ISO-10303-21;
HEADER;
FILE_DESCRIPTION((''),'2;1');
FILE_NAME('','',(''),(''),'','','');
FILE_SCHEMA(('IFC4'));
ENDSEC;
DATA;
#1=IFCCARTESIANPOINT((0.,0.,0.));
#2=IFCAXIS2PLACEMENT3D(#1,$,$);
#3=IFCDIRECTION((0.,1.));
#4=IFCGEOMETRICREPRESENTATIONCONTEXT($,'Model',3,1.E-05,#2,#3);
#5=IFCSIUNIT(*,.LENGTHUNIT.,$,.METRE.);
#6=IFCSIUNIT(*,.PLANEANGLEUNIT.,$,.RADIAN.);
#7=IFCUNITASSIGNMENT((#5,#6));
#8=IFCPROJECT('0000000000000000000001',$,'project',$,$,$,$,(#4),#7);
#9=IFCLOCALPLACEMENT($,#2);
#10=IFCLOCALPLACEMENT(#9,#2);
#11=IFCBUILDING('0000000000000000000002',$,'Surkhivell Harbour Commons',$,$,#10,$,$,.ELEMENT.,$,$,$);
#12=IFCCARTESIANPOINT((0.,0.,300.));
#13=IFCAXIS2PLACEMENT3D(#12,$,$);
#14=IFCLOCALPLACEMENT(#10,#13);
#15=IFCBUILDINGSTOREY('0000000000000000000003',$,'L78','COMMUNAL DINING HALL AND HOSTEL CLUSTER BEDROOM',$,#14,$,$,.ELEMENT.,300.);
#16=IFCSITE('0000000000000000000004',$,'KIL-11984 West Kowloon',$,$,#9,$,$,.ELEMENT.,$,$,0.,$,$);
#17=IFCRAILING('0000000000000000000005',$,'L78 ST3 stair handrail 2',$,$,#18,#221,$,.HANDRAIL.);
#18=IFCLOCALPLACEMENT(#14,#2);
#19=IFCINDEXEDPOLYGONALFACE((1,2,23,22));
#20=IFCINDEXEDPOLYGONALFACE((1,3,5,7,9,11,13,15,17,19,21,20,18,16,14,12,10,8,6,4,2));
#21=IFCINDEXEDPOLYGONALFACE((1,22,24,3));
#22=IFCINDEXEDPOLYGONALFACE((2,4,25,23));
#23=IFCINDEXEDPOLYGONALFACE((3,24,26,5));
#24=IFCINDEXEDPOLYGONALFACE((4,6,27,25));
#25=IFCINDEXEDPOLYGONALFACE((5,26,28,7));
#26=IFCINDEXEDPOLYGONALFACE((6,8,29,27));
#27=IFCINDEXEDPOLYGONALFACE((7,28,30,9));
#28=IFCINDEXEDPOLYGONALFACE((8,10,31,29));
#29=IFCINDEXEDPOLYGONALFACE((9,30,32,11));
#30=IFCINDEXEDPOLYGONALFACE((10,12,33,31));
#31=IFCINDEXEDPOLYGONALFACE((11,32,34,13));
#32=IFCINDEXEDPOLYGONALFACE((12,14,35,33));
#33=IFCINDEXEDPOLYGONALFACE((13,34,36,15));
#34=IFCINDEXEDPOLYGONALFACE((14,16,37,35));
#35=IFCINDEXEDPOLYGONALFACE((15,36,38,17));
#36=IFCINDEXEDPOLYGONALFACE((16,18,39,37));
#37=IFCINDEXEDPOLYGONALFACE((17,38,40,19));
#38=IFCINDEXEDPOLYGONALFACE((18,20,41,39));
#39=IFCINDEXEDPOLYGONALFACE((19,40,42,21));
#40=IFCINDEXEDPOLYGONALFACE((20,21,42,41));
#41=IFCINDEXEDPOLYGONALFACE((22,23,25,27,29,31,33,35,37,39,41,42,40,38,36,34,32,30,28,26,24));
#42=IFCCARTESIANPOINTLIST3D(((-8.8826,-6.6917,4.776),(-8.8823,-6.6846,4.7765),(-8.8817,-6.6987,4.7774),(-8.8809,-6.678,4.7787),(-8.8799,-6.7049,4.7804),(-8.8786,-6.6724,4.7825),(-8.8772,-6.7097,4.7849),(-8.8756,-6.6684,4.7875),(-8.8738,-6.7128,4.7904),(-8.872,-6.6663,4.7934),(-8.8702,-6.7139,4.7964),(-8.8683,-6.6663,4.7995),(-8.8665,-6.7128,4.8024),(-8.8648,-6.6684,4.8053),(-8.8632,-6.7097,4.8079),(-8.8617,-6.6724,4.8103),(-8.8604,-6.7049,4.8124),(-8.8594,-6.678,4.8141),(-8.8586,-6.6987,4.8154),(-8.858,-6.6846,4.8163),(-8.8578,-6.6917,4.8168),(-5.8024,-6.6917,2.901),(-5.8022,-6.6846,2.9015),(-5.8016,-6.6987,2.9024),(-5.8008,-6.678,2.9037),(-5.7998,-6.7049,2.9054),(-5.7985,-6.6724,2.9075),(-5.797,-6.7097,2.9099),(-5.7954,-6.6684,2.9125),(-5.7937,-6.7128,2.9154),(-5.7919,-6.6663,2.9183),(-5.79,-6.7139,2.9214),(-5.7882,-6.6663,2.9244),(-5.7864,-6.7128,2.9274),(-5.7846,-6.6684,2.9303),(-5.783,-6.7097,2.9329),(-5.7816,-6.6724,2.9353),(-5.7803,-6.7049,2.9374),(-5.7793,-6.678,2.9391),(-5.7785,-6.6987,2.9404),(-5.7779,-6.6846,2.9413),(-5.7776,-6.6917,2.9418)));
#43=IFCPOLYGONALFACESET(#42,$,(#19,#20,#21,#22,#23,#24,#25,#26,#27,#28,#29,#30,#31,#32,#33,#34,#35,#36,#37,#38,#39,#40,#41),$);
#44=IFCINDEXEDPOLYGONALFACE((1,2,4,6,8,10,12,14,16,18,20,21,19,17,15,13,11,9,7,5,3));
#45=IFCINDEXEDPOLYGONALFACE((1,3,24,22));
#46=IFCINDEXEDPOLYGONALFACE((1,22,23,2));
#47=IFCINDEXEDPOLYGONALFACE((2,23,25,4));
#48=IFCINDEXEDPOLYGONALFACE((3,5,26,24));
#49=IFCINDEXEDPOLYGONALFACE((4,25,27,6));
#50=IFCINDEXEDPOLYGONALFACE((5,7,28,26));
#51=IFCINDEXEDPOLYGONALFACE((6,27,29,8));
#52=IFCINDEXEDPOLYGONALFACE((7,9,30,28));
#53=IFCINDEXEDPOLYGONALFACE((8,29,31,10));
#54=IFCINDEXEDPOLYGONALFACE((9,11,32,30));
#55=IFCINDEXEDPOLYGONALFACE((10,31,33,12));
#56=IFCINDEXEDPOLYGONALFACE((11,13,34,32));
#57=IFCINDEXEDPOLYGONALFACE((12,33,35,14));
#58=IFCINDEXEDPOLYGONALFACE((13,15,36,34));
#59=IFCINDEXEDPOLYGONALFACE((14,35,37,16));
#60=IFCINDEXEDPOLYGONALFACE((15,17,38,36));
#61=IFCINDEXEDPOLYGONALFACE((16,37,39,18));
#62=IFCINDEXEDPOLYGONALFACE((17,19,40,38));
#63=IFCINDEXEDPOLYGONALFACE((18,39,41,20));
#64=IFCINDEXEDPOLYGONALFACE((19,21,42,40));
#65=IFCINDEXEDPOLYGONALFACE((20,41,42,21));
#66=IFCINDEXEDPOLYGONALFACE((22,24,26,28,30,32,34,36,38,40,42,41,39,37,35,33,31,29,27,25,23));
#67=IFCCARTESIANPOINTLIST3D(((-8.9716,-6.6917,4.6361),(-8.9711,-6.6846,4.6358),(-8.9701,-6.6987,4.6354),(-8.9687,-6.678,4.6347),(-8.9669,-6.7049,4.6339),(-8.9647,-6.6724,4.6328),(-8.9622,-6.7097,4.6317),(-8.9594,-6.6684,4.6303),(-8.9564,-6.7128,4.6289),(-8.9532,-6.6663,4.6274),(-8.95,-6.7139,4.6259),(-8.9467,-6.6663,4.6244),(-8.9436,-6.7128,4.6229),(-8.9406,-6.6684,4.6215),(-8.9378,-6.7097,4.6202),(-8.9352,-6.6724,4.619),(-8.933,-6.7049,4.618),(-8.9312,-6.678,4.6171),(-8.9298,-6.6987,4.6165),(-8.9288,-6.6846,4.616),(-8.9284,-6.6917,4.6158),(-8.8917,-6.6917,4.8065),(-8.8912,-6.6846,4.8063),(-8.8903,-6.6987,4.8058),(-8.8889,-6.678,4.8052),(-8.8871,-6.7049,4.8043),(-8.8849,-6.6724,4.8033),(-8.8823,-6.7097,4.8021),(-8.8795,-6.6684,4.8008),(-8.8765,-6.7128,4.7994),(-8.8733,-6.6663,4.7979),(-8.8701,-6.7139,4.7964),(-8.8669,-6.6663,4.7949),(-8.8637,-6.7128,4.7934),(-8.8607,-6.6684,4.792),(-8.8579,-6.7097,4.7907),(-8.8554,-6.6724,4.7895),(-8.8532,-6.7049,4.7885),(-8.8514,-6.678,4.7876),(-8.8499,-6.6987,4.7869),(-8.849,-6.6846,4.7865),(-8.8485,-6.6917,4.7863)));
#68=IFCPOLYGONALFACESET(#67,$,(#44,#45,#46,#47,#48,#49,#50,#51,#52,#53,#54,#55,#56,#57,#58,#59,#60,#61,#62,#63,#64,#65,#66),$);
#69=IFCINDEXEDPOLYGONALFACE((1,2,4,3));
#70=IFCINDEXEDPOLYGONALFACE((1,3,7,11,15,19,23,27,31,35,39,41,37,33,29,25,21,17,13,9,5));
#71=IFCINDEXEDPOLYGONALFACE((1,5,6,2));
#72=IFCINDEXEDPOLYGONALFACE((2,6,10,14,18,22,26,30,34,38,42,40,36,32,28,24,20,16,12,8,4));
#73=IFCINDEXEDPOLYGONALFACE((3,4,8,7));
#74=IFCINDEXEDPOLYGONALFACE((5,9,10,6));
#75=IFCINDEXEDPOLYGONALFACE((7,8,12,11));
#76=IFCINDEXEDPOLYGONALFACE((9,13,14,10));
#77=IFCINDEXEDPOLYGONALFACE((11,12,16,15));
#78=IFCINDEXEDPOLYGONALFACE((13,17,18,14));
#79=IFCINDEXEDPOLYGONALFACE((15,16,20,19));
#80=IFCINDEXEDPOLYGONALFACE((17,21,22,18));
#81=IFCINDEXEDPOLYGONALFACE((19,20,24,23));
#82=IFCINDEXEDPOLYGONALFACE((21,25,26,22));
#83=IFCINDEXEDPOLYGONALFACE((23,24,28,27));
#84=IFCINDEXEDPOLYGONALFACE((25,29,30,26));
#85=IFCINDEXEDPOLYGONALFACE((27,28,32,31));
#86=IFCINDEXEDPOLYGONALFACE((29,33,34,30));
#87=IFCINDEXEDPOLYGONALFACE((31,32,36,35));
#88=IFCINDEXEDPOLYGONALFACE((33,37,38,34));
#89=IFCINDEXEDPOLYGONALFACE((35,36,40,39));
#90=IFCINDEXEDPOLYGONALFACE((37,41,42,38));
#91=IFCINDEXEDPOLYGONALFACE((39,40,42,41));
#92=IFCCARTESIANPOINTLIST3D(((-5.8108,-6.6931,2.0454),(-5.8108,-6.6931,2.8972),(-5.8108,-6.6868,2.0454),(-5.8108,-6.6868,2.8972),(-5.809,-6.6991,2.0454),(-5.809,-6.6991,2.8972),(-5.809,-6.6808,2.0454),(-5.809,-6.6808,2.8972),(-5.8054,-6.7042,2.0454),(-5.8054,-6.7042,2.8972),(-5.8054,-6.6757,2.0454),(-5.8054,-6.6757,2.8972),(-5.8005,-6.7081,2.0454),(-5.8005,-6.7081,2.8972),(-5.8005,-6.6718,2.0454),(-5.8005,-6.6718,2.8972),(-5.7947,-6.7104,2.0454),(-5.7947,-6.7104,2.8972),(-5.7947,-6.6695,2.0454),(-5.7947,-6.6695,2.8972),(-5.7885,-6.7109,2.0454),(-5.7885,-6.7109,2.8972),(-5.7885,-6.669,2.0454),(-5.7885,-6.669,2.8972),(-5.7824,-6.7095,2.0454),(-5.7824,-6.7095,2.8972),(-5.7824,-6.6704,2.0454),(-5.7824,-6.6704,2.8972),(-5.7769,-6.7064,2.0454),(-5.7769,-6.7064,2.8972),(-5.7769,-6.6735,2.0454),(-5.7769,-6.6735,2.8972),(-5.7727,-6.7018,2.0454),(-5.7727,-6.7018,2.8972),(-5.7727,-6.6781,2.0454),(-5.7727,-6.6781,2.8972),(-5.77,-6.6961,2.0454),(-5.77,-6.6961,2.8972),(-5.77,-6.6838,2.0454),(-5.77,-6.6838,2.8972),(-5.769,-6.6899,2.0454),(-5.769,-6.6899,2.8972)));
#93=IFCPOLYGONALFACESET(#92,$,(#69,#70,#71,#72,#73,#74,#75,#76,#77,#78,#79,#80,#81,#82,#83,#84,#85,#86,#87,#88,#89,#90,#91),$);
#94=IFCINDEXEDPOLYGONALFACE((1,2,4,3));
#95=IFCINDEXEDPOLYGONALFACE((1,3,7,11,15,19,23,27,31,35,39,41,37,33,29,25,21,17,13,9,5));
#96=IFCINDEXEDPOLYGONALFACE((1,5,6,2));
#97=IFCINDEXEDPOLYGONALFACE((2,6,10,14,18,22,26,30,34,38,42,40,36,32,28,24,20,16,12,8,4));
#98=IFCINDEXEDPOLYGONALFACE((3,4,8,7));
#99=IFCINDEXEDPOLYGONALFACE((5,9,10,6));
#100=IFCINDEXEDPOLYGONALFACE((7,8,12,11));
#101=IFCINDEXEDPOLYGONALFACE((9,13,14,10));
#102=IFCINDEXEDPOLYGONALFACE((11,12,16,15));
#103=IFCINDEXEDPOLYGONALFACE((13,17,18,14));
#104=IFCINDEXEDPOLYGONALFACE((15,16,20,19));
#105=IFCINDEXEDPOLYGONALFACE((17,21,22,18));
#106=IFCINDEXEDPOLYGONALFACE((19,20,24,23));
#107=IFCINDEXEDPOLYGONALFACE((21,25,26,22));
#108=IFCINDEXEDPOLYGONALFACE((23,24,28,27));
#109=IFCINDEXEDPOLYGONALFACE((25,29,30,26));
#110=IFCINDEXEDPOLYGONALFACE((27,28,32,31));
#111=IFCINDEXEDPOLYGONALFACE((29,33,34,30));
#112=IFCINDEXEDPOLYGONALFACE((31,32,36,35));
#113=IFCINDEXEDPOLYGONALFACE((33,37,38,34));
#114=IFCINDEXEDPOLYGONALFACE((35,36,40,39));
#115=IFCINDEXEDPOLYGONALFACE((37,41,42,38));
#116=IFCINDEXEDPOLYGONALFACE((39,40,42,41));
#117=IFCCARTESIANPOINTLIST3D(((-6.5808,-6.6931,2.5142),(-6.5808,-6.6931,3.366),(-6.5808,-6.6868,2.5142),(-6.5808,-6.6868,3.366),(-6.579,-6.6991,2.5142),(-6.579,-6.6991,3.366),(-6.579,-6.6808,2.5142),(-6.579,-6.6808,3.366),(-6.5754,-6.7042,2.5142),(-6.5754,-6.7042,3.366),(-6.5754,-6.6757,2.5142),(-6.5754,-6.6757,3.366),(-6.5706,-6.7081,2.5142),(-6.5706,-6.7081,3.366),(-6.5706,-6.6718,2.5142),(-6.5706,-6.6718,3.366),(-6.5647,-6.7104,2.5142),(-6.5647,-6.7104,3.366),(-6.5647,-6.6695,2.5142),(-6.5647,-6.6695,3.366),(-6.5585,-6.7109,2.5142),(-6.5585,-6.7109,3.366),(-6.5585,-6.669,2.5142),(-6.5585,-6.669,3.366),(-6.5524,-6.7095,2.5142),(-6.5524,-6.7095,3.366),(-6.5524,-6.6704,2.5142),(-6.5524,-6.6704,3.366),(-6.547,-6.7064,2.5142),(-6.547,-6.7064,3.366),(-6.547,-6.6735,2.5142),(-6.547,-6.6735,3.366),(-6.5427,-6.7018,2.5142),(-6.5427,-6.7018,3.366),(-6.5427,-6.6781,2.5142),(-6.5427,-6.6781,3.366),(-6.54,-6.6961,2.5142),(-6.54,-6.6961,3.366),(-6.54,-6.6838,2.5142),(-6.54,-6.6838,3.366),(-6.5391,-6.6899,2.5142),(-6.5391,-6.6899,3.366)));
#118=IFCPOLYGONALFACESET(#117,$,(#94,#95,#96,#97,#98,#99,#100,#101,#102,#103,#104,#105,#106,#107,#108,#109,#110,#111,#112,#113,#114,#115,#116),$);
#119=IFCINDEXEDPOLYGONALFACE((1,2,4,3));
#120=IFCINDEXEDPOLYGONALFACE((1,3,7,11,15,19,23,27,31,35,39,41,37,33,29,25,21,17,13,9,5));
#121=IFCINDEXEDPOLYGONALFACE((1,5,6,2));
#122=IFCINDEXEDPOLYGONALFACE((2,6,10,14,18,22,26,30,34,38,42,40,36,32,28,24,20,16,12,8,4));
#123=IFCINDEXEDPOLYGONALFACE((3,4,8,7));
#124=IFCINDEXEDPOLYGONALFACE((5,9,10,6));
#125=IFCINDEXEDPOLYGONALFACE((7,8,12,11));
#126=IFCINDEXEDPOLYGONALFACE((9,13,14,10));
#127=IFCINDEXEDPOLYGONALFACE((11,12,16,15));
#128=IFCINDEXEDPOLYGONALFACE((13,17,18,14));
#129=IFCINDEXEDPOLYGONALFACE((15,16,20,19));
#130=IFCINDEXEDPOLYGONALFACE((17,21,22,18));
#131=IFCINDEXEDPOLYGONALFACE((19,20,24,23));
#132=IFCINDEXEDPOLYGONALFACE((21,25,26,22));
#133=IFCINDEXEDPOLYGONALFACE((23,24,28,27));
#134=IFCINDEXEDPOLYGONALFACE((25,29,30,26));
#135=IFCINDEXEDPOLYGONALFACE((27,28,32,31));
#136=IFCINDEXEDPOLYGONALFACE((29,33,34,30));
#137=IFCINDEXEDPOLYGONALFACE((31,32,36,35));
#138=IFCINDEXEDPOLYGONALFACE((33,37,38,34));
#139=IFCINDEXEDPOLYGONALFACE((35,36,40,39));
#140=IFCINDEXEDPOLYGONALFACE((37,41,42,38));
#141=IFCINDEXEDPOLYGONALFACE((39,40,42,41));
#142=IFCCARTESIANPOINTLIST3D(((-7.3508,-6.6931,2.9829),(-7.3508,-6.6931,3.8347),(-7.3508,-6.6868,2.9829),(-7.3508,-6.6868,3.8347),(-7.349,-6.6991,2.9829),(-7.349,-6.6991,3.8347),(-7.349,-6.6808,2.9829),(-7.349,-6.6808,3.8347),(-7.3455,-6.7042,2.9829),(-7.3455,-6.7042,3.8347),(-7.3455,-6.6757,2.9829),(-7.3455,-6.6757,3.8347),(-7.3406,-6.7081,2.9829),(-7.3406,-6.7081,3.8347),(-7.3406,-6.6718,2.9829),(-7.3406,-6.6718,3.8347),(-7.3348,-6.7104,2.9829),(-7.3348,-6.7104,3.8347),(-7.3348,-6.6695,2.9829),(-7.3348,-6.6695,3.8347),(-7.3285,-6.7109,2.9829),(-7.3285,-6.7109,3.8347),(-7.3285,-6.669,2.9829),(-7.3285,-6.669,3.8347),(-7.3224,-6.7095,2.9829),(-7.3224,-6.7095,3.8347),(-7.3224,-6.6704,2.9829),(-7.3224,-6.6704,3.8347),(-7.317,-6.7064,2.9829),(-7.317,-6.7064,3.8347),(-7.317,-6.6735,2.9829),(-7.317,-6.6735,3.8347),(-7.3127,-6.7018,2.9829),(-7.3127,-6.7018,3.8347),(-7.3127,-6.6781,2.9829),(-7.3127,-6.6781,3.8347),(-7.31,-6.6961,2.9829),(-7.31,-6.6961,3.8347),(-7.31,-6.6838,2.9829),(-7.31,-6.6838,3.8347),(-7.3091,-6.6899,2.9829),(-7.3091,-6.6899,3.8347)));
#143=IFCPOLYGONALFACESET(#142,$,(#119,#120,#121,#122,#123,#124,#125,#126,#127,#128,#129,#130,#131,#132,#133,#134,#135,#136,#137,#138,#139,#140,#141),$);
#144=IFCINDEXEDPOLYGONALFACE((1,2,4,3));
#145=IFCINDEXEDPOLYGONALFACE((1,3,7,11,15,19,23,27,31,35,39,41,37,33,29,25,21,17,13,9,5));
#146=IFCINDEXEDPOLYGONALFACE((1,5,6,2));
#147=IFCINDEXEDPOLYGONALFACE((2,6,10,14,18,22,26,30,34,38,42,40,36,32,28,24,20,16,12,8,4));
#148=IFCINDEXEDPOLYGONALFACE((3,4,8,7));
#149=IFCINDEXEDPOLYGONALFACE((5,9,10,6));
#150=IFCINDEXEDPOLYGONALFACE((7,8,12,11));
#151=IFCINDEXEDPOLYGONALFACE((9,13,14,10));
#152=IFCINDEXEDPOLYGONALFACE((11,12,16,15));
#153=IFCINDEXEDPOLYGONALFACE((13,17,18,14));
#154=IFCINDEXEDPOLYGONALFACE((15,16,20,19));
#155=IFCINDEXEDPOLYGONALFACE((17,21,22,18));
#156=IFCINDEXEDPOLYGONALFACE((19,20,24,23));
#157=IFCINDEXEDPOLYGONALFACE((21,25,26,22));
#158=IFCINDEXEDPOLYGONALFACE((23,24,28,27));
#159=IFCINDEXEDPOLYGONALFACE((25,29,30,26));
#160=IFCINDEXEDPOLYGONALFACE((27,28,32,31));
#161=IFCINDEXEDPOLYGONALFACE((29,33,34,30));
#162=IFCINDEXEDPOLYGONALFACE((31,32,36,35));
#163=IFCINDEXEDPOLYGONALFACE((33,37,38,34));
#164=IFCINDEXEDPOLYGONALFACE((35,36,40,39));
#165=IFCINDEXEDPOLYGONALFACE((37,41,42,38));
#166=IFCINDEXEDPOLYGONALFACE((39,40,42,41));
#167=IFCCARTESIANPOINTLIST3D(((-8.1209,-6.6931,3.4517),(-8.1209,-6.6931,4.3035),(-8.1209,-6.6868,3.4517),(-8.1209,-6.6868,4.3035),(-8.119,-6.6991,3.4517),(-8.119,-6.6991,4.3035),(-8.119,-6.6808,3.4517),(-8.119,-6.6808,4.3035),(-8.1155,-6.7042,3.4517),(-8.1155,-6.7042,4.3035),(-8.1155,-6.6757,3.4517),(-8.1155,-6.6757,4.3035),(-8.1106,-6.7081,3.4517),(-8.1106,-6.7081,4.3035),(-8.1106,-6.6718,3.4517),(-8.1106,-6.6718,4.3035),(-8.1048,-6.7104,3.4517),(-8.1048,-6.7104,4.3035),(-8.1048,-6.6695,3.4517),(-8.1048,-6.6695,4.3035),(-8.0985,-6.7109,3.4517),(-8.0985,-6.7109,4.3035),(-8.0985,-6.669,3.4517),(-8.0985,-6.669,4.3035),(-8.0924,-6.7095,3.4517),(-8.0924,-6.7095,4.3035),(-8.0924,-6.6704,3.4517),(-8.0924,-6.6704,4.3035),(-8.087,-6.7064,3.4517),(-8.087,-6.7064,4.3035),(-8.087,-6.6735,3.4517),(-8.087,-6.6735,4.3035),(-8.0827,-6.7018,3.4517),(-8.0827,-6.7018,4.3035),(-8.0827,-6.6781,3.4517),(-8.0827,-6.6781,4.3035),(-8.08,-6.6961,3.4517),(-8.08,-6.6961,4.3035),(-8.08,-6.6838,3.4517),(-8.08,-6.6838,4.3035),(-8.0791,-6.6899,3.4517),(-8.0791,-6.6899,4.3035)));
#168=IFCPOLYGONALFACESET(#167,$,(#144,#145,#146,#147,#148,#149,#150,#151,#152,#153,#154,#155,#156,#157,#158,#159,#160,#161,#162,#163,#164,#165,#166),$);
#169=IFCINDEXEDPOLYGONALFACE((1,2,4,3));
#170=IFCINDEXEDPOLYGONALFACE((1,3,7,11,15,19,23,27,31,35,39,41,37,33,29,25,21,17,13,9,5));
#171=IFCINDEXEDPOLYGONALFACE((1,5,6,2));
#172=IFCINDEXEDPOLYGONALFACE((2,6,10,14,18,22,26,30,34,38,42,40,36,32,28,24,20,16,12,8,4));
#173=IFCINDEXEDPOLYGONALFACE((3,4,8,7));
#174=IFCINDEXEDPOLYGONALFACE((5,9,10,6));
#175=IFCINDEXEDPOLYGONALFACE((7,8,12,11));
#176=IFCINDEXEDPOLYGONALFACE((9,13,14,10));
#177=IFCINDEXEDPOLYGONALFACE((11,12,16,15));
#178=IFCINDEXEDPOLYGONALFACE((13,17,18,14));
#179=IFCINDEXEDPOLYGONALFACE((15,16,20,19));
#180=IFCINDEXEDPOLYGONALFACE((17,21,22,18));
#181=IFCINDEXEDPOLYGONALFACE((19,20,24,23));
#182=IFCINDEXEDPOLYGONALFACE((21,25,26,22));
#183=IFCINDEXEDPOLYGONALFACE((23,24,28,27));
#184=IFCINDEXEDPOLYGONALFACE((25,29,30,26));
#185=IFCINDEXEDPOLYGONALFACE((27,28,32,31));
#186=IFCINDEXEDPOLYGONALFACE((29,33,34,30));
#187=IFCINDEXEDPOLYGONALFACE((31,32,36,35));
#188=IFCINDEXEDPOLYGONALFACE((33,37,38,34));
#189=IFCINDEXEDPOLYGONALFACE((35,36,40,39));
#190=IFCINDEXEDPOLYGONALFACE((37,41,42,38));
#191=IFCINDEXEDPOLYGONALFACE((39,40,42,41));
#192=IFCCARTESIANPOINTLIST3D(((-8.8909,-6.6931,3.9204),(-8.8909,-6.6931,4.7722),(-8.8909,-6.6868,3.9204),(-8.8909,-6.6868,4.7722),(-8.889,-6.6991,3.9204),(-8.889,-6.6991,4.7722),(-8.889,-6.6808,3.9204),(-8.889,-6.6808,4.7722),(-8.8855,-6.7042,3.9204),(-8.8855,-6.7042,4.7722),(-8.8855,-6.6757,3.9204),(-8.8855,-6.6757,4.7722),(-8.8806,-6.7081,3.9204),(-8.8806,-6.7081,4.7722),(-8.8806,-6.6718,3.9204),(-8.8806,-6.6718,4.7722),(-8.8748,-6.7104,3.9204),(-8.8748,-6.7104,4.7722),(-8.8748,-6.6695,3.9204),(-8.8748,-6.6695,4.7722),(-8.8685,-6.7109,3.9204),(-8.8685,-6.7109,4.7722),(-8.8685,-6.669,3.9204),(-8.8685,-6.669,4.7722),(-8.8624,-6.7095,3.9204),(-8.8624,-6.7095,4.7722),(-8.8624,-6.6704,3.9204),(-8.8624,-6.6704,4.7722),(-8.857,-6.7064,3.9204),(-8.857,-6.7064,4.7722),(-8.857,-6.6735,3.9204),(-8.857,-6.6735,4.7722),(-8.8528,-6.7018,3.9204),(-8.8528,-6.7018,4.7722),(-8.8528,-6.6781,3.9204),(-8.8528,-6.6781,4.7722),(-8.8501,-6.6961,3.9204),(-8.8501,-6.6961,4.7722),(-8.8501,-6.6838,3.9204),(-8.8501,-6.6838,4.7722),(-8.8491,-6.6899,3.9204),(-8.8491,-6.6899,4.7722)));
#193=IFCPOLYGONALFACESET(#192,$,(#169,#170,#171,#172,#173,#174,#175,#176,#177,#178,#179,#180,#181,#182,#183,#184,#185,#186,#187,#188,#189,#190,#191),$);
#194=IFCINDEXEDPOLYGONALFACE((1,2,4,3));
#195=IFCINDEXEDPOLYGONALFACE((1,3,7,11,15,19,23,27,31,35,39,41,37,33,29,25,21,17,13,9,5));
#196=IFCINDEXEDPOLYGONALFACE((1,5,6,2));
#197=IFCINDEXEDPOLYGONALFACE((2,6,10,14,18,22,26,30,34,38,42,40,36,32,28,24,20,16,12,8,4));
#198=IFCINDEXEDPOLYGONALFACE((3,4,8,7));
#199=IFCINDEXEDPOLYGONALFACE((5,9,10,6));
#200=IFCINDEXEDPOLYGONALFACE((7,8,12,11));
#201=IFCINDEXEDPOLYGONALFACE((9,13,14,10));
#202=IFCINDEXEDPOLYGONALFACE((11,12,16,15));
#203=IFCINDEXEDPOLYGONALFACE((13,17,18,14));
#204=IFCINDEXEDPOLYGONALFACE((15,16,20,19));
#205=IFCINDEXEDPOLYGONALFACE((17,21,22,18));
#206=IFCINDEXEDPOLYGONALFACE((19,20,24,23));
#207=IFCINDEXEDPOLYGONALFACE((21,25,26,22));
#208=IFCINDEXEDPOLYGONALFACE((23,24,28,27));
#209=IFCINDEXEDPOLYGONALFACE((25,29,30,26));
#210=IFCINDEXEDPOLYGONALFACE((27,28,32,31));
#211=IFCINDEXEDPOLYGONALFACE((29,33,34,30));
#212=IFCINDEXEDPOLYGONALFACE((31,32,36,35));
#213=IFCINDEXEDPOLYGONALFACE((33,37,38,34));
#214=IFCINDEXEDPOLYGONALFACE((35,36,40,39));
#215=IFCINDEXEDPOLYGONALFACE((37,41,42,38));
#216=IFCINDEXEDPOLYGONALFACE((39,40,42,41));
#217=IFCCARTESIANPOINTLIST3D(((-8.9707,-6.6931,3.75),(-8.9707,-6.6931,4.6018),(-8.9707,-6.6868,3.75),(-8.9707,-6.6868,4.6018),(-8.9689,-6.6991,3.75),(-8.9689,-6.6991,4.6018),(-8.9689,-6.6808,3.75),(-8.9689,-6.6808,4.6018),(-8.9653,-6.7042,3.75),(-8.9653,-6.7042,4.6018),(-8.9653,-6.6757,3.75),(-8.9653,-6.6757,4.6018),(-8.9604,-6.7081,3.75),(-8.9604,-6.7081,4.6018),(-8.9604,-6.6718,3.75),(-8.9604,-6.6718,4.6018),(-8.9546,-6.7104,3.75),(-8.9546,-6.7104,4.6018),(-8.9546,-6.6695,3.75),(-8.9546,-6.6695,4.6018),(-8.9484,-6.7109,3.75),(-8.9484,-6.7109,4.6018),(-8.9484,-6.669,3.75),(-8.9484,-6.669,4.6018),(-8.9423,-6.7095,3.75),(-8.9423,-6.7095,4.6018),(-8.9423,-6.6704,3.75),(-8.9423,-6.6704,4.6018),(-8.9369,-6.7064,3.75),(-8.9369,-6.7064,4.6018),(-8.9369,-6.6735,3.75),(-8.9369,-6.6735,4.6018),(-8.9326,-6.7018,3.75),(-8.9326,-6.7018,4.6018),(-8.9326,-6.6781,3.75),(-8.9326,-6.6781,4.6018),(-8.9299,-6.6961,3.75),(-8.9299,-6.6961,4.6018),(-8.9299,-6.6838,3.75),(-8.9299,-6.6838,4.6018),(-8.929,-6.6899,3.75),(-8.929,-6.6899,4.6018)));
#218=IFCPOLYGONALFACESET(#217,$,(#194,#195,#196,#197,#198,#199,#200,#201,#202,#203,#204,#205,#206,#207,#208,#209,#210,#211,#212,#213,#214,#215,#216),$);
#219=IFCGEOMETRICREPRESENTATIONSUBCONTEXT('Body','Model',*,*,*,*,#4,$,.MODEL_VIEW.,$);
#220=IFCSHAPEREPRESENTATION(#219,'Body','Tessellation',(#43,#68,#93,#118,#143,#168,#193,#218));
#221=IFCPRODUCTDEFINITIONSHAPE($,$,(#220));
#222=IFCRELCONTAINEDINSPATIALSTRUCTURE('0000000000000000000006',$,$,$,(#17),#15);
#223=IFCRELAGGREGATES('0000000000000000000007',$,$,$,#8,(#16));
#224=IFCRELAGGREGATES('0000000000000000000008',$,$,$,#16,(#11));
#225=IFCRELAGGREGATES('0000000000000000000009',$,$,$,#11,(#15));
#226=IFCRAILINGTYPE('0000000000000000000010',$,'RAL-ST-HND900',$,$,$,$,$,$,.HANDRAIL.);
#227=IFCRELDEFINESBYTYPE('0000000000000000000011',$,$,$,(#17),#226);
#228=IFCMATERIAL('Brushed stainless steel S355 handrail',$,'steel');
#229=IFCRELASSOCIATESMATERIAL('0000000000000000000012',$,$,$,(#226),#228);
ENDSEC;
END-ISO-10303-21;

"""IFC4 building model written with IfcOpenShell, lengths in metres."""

from ifc_helpers import new_model, si_unit, direction, frame, origin, origin_2d, place, context, subcontext, project, spatial, circle, extrude, material, type_object, element, save


model = new_model("IFC4")

# Units and contexts
model_context = context("Model", 3, precision=1e-05, world=origin(), true_north=direction((0.0, 1.0)))
body_context = subcontext(model_context, "Body", "Model", "MODEL_VIEW")
ifc_project = project(units=[si_unit("LENGTHUNIT", "METRE"), si_unit("PLANEANGLEUNIT", "RADIAN")], contexts=[model_context])

# Site, building, storey
site_placement = place(None, origin())
site = spatial("IfcSite", under=ifc_project, at=site_placement, Name="KIL-11984 West Kowloon", CompositionType="ELEMENT", RefElevation=0.0)
building_placement = place(site_placement, origin())
building = spatial("IfcBuilding", under=site, at=building_placement, Name="Surkhivell Harbour Commons", CompositionType="ELEMENT")
storey_placement = place(building_placement, frame((0.0, 0.0, 300.0)))
storey = spatial("IfcBuildingStorey", under=building, at=storey_placement, Name="L78", Description="COMMUNAL DINING HALL AND HOSTEL CLUSTER BEDROOM", CompositionType="ELEMENT", Elevation=300.0)

# Railing
ifc_material_1 = material(Name="Brushed stainless steel S355 handrail", Category="steel")
railing_type = type_object("IfcRailingType", Name="RAL-ST-HND900", PredefinedType="HANDRAIL", material=ifc_material_1)
railing_placement = place(storey_placement, frame((-5.79, -6.6899, 2.0454)))
element("IfcRailing", 1, at=railing_placement, inside=storey, type_object=railing_type, Name="L78 ST3 stair handrail 2", PredefinedType="HANDRAIL", context=body_context, shape_type="SweptSolid", body=[
    extrude(circle(Radius=0.0239, at=origin_2d()), frame((0.0, 0.0, 0.876), z_axis=(-0.854178, 0.0, 0.519981), x_axis=(0.0, -1.0, 0.0)), (0.0, 0.0, 1.0), 3.606),
    extrude(circle(Radius=0.0239, at=origin_2d()), frame((-3.0801, 0.0, 2.751), z_axis=(-0.424234, 0.0, -0.905552), x_axis=(0.0, -1.0, 0.0)), (0.0, 0.0, 1.0), 0.1882),
    extrude(circle(Radius=0.021, at=origin_2d()), origin(), (0.0, 0.0, 1.0), 0.8518),
    extrude(circle(Radius=0.021, at=origin_2d()), frame((-0.77, 0.0, 0.4688)), (0.0, 0.0, 1.0), 0.8518),
    extrude(circle(Radius=0.021, at=origin_2d()), frame((-1.54, 0.0, 0.9375)), (0.0, 0.0, 1.0), 0.8518),
    extrude(circle(Radius=0.021, at=origin_2d()), frame((-2.3101, 0.0, 1.4062)), (0.0, 0.0, 1.0), 0.8518),
    extrude(circle(Radius=0.021, at=origin_2d()), frame((-3.0801, 0.0, 1.875)), (0.0, 0.0, 1.0), 0.8518),
    extrude(circle(Radius=0.021, at=origin_2d()), frame((-3.1599, 0.0, 1.7046)), (0.0, 0.0, 1.0), 0.8518),
])

save(model, "model.ifc")
